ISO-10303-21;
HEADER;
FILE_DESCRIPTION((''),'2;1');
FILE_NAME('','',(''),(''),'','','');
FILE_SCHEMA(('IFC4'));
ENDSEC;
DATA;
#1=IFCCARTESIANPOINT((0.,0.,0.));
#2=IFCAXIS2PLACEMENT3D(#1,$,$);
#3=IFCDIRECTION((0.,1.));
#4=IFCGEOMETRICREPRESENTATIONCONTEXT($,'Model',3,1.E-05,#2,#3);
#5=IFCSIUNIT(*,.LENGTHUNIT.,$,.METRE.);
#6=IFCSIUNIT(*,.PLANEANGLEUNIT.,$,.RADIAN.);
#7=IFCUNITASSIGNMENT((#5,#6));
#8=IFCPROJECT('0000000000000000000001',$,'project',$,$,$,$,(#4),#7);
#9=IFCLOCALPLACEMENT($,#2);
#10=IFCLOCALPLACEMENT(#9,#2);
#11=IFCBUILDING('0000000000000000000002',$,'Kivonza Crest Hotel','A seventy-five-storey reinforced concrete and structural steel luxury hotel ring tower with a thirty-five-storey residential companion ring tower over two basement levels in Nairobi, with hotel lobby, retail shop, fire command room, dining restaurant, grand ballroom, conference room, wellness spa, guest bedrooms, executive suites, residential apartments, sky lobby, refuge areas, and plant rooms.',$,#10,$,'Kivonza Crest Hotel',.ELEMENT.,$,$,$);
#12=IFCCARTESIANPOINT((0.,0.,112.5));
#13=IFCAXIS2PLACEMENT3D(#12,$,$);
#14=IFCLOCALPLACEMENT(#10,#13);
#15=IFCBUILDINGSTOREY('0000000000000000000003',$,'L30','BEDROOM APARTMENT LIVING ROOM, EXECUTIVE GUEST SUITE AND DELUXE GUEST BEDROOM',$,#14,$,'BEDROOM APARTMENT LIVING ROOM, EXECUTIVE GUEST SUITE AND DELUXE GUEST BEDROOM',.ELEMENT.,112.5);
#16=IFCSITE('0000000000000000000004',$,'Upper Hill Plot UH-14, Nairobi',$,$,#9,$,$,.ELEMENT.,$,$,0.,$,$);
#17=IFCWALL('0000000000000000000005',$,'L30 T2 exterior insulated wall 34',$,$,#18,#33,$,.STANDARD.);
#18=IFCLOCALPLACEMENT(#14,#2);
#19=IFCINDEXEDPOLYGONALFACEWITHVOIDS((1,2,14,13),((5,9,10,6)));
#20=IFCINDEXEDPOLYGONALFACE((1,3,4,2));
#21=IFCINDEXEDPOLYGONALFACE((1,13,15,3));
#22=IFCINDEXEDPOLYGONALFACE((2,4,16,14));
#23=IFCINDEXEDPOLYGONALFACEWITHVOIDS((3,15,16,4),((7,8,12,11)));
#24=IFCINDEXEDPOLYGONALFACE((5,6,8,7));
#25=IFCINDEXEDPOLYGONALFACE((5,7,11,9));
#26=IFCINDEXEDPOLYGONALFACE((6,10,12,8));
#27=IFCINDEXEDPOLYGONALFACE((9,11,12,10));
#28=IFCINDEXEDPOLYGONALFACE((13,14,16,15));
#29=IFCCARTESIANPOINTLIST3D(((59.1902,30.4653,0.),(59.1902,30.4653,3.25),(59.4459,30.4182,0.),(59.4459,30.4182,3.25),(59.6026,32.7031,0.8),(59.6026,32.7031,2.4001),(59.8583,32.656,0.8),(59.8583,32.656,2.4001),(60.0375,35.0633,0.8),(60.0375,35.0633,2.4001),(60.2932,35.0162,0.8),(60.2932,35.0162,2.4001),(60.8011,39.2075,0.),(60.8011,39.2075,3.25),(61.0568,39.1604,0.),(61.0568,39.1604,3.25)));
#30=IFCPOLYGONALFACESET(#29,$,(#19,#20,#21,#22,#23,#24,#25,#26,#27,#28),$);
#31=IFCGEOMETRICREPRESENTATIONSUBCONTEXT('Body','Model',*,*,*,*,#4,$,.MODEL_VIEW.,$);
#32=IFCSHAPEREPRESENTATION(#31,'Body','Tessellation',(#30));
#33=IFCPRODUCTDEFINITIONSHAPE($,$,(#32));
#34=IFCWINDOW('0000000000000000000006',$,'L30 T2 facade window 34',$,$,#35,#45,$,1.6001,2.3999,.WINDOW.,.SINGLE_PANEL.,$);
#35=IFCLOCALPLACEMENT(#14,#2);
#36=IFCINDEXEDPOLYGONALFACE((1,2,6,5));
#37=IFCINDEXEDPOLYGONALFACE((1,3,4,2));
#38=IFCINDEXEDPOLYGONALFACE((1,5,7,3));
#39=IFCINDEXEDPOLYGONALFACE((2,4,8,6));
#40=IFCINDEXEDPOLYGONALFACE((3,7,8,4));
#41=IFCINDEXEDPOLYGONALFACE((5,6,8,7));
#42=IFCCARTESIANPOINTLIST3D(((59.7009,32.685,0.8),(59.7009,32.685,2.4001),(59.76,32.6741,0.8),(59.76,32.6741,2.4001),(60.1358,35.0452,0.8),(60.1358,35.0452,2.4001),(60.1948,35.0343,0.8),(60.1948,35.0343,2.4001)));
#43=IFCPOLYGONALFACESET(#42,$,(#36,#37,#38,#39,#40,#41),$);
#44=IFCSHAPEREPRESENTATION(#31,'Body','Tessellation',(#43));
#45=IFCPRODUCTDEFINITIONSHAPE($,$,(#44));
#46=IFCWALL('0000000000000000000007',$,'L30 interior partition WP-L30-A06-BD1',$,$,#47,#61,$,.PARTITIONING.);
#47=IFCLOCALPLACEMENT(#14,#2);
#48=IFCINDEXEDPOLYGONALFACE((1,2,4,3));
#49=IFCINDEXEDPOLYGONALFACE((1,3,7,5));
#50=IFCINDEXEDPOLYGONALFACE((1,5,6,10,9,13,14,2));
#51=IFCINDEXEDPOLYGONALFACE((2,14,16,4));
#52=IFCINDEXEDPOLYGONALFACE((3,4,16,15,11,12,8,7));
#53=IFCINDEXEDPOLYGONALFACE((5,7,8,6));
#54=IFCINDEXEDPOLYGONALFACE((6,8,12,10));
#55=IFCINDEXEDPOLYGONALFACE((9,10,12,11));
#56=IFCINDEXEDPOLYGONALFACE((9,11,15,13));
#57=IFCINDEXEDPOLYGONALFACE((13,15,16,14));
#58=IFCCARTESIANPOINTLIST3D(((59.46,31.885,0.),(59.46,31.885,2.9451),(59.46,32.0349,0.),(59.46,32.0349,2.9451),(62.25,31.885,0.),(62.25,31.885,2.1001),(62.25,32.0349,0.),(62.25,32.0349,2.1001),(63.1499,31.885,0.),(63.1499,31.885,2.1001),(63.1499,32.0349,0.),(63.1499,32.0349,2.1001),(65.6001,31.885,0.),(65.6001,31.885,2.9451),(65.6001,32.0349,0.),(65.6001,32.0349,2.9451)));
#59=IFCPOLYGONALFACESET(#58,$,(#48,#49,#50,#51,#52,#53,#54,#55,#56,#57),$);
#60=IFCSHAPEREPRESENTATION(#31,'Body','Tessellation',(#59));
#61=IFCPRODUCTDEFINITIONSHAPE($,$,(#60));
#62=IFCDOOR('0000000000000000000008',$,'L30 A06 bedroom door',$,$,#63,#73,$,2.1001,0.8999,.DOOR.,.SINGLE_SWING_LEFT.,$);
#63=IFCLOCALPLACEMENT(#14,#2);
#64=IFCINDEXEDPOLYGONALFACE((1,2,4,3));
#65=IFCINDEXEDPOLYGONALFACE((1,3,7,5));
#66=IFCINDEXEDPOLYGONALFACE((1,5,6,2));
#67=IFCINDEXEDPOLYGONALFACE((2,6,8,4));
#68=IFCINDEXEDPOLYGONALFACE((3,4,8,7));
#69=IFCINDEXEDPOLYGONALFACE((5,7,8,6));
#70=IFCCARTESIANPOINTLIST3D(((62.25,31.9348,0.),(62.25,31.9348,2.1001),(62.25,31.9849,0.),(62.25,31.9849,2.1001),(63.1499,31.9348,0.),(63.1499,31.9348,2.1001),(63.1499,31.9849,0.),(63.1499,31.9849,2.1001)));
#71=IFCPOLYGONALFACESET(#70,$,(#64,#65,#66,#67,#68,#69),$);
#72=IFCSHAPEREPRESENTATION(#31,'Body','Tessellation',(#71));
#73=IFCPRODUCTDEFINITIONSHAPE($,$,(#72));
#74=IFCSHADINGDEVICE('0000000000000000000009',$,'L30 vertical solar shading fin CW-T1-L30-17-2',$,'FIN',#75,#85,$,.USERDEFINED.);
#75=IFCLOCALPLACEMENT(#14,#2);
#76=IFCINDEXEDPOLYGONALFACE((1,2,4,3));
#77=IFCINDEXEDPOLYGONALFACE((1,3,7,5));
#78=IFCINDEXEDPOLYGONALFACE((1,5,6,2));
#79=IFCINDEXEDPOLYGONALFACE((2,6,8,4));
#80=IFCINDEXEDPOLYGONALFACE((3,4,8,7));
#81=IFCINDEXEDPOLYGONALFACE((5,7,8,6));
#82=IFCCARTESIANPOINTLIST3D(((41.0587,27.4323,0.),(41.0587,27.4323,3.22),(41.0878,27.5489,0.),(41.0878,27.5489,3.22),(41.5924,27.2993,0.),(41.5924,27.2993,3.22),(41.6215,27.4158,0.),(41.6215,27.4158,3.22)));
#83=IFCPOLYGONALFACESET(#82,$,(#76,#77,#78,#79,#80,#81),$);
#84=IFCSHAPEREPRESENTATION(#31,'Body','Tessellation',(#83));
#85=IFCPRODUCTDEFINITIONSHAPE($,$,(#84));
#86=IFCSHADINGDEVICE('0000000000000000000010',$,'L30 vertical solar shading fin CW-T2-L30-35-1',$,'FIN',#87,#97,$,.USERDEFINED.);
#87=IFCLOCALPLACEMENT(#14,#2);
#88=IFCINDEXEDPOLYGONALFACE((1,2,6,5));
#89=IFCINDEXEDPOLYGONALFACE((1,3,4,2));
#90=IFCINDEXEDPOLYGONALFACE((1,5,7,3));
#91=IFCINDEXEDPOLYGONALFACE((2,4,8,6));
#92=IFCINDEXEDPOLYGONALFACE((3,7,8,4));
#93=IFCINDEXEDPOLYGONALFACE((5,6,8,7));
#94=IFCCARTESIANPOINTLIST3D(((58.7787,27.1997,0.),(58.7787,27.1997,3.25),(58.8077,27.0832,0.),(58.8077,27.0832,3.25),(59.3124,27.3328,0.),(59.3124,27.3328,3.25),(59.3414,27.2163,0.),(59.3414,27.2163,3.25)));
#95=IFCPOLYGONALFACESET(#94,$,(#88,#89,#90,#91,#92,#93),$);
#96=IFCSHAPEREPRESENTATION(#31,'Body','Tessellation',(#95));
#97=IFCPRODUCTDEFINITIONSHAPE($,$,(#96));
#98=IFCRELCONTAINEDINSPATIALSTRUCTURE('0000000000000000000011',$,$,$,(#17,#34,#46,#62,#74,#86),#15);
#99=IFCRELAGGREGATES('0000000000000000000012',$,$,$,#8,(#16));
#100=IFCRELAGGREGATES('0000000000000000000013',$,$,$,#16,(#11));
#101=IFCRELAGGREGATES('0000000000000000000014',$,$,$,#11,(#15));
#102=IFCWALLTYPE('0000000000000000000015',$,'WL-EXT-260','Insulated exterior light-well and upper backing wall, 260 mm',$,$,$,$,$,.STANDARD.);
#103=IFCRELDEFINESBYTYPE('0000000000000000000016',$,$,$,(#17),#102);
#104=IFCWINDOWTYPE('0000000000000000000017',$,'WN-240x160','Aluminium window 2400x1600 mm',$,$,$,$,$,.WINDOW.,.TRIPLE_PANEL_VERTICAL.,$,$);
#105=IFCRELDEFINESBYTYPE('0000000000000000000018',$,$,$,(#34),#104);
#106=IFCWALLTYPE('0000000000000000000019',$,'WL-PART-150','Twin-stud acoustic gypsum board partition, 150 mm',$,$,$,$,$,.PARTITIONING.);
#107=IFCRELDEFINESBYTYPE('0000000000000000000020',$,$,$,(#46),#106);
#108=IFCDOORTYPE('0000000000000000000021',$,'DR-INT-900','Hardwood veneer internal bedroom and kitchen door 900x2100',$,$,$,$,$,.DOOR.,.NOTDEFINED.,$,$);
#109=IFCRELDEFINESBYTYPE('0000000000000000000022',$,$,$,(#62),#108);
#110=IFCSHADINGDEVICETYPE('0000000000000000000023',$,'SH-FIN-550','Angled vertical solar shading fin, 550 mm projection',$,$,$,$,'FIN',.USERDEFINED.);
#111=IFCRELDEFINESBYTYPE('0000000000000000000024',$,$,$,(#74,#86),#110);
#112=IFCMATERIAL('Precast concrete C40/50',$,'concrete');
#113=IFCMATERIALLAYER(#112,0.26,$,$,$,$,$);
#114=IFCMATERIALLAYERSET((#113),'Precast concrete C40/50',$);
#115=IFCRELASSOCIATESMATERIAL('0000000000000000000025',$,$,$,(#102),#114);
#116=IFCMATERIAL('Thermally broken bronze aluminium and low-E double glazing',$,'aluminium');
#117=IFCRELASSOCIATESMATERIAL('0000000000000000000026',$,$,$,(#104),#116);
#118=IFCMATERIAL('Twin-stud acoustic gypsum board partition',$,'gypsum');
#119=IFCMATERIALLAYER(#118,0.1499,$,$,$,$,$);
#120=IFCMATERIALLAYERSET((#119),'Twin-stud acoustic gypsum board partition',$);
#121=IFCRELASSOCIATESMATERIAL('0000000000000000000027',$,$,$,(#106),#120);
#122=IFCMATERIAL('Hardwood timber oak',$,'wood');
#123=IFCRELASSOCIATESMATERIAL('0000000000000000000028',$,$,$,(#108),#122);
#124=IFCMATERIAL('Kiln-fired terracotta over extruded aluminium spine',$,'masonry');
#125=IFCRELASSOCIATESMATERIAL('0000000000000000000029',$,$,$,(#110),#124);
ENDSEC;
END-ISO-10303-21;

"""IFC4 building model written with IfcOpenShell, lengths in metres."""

from ifc_helpers import new_model, si_unit, direction, frame, frame_2d, origin, origin_2d, place, context, subcontext, project, spatial, rectangle, extrude, material, layer, layer_set, type_object, element, fill, save


model = new_model("IFC4")

# Units and contexts
model_context = context("Model", 3, precision=1e-05, world=origin(), true_north=direction((0.0, 1.0)))
body_context = subcontext(model_context, "Body", "Model", "MODEL_VIEW")
ifc_project = project(units=[si_unit("LENGTHUNIT", "METRE"), si_unit("PLANEANGLEUNIT", "RADIAN")], contexts=[model_context])

# Site, building, storey
site_placement = place(None, origin())
site = spatial("IfcSite", under=ifc_project, at=site_placement, Name="Upper Hill Plot UH-14, Nairobi", CompositionType="ELEMENT", RefElevation=0.0)
building_placement = place(site_placement, origin())
building = spatial("IfcBuilding", under=site, at=building_placement, Name="Kivonza Crest Hotel", Description="A seventy-five-storey reinforced concrete and structural steel luxury hotel ring tower with a thirty-five-storey residential companion ring tower over two basement levels in Nairobi, with hotel lobby, retail shop, fire command room, dining restaurant, grand ballroom, conference room, wellness spa, guest bedrooms, executive suites, residential apartments, sky lobby, refuge areas, and plant rooms.", LongName="Kivonza Crest Hotel", CompositionType="ELEMENT")
storey_placement = place(building_placement, frame((0.0, 0.0, 112.5)))
storey = spatial("IfcBuildingStorey", under=building, at=storey_placement, Name="L30", Description="BEDROOM APARTMENT LIVING ROOM, EXECUTIVE GUEST SUITE AND DELUXE GUEST BEDROOM", LongName="BEDROOM APARTMENT LIVING ROOM, EXECUTIVE GUEST SUITE AND DELUXE GUEST BEDROOM", CompositionType="ELEMENT", Elevation=112.5)

# Wall, opening, window
ifc_material_1 = material(Name="Precast concrete C40/50", Category="concrete")
ifc_layer_1 = layer(ifc_material_1, 0.26)
ifc_layer_set_1 = layer_set([ifc_layer_1], Name="Precast concrete C40/50")
wall_type_1 = type_object("IfcWallType", Name="WL-EXT-260", Description="Insulated exterior light-well and upper backing wall, 260 mm", PredefinedType="STANDARD", material=ifc_layer_set_1)
ifc_material_2 = material(Name="Thermally broken bronze aluminium and low-E double glazing", Category="aluminium")
window_type = type_object("IfcWindowType", Name="WN-240x160", Description="Aluminium window 2400x1600 mm", PartitioningType="TRIPLE_PANEL_VERTICAL", PredefinedType="WINDOW", material=ifc_material_2)
wall_1_placement = place(storey_placement, frame((60.929, 39.1841, 0.0), z_axis=(0.0, 0.0, 1.0), x_axis=(-0.18121, -0.983444, 0.0)))
wall_1 = element("IfcWall", 1, at=wall_1_placement, inside=storey, type_object=wall_type_1, Name="L30 T2 exterior insulated wall 34", PredefinedType="STANDARD", context=body_context, shape_type="SweptSolid", body=[
    extrude(rectangle(XDim=8.8894, YDim=0.26, at=frame_2d((4.4448, 0.0))), origin(), (0.0, 0.0, 1.0), 3.25),
])
opening_1_placement = place(wall_1_placement, frame((4.2141, 0.0, 0.8)))
opening_1 = element("IfcOpeningElement", 2, at=opening_1_placement, cuts=wall_1, PredefinedType="OPENING", context=body_context, shape_type="SweptSolid", body=[
    extrude(rectangle(XDim=2.3999, YDim=1.6001, at=frame_2d((1.2, 0.8))), frame((0.0, 0.1401, 0.0), z_axis=(0.0, -1.0, 0.0), x_axis=(1.0, 0.0, 0.0)), (0.0, 0.0, 1.0), 0.28),
])
window_1_placement = place(opening_1_placement, origin())
window_1 = element("IfcWindow", 3, at=window_1_placement, inside=storey, type_object=window_type, Name="L30 T2 facade window 34", OverallHeight=1.6001, OverallWidth=2.3999, PartitioningType="SINGLE_PANEL", PredefinedType="WINDOW", context=body_context, shape_type="SweptSolid", body=[
    extrude(rectangle(XDim=2.3999, YDim=1.6001, at=frame_2d((1.2, 0.8))), frame((0.0, 0.03, 0.0), z_axis=(0.0, -1.0, 0.0), x_axis=(1.0, 0.0, 0.0)), (0.0, 0.0, 1.0), 0.0601),
])
fill(opening_1, window_1)

# Wall, opening, door
ifc_material_3 = material(Name="Twin-stud acoustic gypsum board partition", Category="gypsum")
ifc_layer_2 = layer(ifc_material_3, 0.1499)
ifc_layer_set_2 = layer_set([ifc_layer_2], Name="Twin-stud acoustic gypsum board partition")
wall_type_2 = type_object("IfcWallType", Name="WL-PART-150", Description="Twin-stud acoustic gypsum board partition, 150 mm", PredefinedType="PARTITIONING", material=ifc_layer_set_2)
wall_2_placement = place(storey_placement, frame((59.46, 31.96, 0.0), z_axis=(0.0, 0.0, 1.0), x_axis=(1.0, 0.0, 0.0)))
wall_2 = element("IfcWall", 4, at=wall_2_placement, inside=storey, type_object=wall_type_2, Name="L30 interior partition WP-L30-A06-BD1", PredefinedType="PARTITIONING", context=body_context, shape_type="SweptSolid", body=[
    extrude(rectangle(XDim=6.1401, YDim=0.1499, at=frame_2d((3.0701, 0.0))), origin(), (0.0, 0.0, 1.0), 2.9451),
])
opening_2_placement = place(wall_2_placement, frame((2.79, 0.0, 0.0)))
opening_2 = element("IfcOpeningElement", 5, at=opening_2_placement, cuts=wall_2, PredefinedType="OPENING", context=body_context, shape_type="SweptSolid", body=[
    extrude(rectangle(XDim=0.8999, YDim=2.1001, at=frame_2d((0.45, 1.05))), frame((0.0, 0.085, 0.0), z_axis=(0.0, -1.0, 0.0), x_axis=(1.0, 0.0, 0.0)), (0.0, 0.0, 1.0), 0.1699),
])
ifc_material_4 = material(Name="Hardwood timber oak", Category="wood")
door_type = type_object("IfcDoorType", Name="DR-INT-900", Description="Hardwood veneer internal bedroom and kitchen door 900x2100", OperationType="NOTDEFINED", PredefinedType="DOOR", material=ifc_material_4)
door_placement = place(opening_2_placement, origin())
door = element("IfcDoor", 6, at=door_placement, inside=storey, type_object=door_type, Name="L30 A06 bedroom door", OperationType="SINGLE_SWING_LEFT", OverallHeight=2.1001, OverallWidth=0.8999, PredefinedType="DOOR", context=body_context, shape_type="SweptSolid", body=[
    extrude(rectangle(XDim=0.8999, YDim=2.1001, at=frame_2d((0.45, 1.05))), frame((0.0, 0.0249, 0.0), z_axis=(0.0, -1.0, 0.0), x_axis=(1.0, 0.0, 0.0)), (0.0, 0.0, 1.0), 0.05),
])
fill(opening_2, door)

# Shading devices
ifc_material_5 = material(Name="Kiln-fired terracotta over extruded aluminium spine", Category="masonry")
shading_device_type = type_object("IfcShadingDeviceType", Name="SH-FIN-550", Description="Angled vertical solar shading fin, 550 mm projection", ElementType="FIN", PredefinedType="USERDEFINED", material=ifc_material_5)
shading_device_1_placement = place(storey_placement, frame((41.3401, 27.4241, 0.0), z_axis=(0.0, 0.0, 1.0), x_axis=(0.241922, 0.970296, 0.0)))
element("IfcShadingDevice", 7, at=shading_device_1_placement, inside=storey, type_object=shading_device_type, Name="L30 vertical solar shading fin CW-T1-L30-17-2", ObjectType="FIN", PredefinedType="USERDEFINED", context=body_context, shape_type="SweptSolid", body=[
    extrude(rectangle(XDim=0.1201, YDim=0.55, at=origin_2d()), origin(), (0.0, 0.0, 1.0), 3.22),
])
shading_device_2_placement = place(storey_placement, frame((59.0601, 27.208, 0.0), z_axis=(0.0, 0.0, 1.0), x_axis=(0.241922, -0.970296, 0.0)))
element("IfcShadingDevice", 8, at=shading_device_2_placement, inside=storey, type_object=shading_device_type, Name="L30 vertical solar shading fin CW-T2-L30-35-1", ObjectType="FIN", PredefinedType="USERDEFINED", context=body_context, shape_type="SweptSolid", body=[
    extrude(rectangle(XDim=0.1201, YDim=0.55, at=origin_2d()), origin(), (0.0, 0.0, 1.0), 3.25),
])

save(model, "model.ifc")
